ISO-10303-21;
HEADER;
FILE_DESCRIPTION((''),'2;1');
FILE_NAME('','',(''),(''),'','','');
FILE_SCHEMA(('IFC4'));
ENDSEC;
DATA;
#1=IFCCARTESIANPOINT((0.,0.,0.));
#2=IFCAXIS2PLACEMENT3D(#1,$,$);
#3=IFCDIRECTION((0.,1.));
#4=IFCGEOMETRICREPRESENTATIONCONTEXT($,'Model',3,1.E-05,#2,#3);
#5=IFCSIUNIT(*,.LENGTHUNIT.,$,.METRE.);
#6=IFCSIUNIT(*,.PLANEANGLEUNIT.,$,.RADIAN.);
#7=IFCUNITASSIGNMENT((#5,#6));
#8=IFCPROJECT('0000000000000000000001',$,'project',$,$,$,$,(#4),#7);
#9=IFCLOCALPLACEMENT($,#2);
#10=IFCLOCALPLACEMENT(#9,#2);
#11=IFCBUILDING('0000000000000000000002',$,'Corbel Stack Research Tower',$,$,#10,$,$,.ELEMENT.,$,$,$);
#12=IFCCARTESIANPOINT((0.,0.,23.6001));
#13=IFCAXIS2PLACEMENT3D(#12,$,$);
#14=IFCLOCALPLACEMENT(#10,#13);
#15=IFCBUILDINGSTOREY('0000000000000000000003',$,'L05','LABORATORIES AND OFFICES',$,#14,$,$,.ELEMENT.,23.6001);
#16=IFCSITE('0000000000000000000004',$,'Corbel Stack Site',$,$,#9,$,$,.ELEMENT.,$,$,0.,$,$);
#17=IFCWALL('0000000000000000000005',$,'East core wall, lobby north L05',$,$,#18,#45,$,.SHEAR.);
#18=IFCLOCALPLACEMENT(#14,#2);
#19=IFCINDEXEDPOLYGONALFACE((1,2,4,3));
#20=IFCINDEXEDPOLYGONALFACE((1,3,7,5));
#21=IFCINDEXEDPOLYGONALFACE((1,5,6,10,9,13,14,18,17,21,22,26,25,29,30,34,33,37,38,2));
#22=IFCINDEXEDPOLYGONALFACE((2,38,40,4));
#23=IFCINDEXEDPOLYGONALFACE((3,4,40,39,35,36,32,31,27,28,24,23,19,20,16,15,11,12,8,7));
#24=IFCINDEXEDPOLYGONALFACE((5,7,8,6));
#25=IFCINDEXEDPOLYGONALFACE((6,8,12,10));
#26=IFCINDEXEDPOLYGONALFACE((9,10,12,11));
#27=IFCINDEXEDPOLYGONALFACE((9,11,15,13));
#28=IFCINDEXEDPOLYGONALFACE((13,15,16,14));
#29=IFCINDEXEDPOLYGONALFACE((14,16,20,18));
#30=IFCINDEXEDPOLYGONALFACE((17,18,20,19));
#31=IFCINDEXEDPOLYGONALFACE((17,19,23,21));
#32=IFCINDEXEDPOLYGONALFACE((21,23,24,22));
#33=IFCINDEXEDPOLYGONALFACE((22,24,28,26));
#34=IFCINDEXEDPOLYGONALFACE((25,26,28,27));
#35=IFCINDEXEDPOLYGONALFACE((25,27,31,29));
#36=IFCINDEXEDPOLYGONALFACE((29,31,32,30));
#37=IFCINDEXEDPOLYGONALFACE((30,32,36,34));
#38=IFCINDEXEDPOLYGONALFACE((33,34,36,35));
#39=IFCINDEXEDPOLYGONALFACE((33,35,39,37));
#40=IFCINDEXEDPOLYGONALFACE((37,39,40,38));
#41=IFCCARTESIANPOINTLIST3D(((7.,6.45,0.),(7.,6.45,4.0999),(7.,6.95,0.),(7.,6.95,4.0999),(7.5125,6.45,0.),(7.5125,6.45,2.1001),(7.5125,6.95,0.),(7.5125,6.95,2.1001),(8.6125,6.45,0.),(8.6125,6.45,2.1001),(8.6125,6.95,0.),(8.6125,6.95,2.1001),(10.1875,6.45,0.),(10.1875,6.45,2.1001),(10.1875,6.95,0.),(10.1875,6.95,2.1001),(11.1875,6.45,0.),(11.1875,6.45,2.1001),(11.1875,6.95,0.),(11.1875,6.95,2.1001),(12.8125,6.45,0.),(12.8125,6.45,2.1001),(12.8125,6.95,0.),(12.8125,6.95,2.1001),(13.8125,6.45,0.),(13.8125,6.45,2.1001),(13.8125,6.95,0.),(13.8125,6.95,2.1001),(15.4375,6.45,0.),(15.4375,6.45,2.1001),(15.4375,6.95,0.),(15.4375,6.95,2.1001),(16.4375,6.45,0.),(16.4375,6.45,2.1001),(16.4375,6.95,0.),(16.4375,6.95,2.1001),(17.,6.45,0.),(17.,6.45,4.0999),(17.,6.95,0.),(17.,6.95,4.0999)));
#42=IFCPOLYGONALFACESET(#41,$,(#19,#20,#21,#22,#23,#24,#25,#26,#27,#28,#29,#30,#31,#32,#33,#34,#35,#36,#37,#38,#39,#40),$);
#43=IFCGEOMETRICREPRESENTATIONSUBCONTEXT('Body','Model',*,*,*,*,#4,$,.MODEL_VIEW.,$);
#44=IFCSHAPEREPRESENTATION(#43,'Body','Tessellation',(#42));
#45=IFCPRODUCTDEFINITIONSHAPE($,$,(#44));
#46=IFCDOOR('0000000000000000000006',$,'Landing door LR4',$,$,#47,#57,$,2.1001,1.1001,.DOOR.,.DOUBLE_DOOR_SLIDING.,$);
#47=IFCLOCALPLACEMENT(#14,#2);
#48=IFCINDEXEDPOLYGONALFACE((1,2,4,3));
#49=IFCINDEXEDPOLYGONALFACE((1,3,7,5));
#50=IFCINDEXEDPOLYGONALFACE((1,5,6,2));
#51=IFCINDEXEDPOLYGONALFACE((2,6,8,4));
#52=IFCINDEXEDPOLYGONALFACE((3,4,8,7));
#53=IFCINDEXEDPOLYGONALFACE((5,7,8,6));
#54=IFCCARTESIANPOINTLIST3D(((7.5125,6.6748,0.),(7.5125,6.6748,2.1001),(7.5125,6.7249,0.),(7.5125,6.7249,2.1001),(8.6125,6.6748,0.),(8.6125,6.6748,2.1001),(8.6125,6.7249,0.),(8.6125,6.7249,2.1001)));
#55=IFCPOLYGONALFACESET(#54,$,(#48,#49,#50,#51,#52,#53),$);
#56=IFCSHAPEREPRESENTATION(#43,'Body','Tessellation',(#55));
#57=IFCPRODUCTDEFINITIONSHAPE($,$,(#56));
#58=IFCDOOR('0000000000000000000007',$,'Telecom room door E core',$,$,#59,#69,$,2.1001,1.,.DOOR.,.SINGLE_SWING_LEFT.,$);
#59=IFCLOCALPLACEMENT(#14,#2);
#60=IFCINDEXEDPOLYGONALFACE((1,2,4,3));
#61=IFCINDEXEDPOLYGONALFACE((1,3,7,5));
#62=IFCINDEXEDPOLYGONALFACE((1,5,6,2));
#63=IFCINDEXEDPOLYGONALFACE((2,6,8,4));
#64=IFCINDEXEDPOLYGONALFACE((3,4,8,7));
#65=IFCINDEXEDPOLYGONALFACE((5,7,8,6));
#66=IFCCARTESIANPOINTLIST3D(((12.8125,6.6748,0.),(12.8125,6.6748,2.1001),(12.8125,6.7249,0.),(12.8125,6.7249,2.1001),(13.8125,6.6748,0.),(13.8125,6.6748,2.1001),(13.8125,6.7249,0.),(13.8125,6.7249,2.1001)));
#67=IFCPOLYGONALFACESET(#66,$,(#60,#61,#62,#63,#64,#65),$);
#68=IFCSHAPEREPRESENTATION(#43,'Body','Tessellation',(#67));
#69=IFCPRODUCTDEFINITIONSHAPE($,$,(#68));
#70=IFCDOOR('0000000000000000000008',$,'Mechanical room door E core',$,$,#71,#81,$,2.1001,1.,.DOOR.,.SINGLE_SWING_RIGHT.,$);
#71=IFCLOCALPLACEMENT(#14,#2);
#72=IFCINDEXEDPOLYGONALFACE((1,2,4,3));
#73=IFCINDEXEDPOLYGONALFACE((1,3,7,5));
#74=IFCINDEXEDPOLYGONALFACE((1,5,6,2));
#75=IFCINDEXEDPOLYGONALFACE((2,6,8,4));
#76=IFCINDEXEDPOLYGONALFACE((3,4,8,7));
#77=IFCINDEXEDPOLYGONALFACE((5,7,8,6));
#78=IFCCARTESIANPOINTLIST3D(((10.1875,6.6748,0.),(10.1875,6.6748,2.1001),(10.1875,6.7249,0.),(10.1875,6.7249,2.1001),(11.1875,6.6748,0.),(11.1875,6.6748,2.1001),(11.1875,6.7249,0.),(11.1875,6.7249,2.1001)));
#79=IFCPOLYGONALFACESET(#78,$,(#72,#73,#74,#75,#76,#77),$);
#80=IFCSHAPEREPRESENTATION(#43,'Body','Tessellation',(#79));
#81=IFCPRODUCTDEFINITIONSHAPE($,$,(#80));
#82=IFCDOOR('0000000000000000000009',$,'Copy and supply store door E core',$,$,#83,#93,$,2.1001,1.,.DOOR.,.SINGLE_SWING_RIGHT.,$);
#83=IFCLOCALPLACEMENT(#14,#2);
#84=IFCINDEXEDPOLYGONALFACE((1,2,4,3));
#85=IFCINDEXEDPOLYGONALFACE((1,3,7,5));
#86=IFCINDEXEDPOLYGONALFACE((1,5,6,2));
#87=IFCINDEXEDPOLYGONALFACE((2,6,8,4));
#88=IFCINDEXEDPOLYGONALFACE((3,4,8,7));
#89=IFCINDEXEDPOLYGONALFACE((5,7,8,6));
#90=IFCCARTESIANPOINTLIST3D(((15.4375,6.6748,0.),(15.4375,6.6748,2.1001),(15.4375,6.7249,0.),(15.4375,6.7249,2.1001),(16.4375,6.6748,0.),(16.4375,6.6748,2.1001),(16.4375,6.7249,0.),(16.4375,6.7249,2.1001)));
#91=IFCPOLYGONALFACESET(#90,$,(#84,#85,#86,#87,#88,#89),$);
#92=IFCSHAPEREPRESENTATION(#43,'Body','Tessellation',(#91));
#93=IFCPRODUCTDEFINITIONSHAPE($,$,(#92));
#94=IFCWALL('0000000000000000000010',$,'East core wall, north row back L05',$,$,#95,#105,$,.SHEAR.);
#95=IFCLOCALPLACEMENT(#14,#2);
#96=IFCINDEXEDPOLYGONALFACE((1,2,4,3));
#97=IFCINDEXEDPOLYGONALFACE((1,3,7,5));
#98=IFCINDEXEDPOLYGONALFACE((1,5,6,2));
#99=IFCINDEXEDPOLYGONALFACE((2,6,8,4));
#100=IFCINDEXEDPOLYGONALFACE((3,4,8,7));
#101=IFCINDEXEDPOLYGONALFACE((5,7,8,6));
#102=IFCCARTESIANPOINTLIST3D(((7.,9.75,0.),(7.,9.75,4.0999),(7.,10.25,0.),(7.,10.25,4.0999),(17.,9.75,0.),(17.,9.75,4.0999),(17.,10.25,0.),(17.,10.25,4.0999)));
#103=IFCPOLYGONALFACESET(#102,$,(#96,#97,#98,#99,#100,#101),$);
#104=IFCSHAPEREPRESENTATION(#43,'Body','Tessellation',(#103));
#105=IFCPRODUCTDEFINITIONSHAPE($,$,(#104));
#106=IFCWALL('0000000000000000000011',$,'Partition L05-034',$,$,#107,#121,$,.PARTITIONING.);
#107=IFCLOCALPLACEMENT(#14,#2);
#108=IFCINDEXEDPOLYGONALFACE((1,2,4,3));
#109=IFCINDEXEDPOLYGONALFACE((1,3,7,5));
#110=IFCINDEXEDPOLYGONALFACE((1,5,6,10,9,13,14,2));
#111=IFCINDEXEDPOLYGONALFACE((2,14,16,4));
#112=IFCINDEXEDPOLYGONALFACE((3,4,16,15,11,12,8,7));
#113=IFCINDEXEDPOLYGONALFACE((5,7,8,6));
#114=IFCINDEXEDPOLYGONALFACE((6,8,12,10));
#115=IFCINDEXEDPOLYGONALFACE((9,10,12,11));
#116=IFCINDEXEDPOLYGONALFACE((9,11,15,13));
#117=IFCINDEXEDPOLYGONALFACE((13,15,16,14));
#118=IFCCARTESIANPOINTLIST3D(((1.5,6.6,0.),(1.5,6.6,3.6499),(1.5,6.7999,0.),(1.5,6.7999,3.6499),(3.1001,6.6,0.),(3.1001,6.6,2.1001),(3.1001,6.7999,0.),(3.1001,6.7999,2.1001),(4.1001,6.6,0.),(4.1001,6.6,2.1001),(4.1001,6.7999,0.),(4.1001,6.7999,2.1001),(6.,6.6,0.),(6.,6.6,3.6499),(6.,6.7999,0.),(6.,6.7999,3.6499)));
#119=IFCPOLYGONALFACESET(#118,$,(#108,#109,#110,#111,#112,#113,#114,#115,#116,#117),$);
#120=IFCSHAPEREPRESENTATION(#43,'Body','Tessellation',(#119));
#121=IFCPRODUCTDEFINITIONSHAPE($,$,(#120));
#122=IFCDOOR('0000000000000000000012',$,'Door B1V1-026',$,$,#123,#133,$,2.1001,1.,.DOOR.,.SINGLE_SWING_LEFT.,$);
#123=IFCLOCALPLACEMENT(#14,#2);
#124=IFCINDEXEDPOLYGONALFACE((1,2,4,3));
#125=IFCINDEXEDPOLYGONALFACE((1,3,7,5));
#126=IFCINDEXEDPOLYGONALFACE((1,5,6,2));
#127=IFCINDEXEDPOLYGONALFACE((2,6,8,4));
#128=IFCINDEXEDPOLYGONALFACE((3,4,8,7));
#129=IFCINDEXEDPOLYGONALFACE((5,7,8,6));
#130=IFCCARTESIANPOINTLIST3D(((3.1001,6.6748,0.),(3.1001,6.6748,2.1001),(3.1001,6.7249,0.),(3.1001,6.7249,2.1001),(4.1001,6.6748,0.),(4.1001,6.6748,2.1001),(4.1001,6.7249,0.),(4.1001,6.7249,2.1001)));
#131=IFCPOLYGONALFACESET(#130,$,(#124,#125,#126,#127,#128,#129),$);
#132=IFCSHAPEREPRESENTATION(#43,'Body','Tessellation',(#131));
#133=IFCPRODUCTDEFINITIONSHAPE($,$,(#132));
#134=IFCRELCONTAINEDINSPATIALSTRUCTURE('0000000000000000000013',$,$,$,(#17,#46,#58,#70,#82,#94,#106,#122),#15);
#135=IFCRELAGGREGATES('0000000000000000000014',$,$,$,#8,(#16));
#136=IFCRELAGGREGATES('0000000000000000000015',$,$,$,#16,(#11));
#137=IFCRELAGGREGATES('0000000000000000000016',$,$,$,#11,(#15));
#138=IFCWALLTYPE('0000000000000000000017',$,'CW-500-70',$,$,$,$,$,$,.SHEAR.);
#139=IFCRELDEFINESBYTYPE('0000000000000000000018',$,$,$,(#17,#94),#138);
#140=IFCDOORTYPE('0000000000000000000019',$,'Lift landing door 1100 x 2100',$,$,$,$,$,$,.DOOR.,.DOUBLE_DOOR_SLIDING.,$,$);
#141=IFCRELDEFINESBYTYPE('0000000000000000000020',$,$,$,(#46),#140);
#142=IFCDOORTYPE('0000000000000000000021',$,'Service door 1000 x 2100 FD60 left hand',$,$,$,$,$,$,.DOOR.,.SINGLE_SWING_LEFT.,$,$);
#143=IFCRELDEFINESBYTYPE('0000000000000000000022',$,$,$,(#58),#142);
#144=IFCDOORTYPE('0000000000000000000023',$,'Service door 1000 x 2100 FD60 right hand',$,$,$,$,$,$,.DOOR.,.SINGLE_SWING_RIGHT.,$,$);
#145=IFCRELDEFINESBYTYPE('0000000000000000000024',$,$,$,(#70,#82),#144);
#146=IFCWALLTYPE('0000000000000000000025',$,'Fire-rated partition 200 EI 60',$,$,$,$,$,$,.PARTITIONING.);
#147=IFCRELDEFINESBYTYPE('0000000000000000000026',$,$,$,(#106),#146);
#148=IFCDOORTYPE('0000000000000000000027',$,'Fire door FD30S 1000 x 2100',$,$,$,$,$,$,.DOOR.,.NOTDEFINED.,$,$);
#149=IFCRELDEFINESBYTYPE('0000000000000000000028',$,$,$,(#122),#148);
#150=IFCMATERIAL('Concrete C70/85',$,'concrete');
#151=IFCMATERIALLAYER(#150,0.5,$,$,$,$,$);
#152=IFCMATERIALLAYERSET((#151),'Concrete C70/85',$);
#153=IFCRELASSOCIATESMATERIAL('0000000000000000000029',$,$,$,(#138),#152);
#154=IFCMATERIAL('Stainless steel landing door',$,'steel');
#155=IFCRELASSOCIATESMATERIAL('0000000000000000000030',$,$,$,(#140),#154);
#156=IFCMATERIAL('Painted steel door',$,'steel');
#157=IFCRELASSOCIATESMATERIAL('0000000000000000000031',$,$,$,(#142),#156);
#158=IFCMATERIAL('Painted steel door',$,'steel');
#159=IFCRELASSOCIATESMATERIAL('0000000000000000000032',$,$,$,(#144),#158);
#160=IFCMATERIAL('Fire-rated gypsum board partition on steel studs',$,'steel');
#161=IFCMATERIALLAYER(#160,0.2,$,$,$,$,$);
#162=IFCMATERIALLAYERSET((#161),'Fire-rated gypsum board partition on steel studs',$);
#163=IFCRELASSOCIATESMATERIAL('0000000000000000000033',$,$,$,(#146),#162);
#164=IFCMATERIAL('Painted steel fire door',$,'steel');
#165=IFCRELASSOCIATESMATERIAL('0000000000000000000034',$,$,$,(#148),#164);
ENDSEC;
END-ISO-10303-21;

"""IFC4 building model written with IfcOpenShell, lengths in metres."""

from ifc_helpers import new_model, si_unit, direction, frame, frame_2d, origin, place, context, subcontext, project, spatial, rectangle, extrude, material, layer, layer_set, type_object, element, fill, save


model = new_model("IFC4")

# Units and contexts
model_context = context("Model", 3, precision=1e-05, world=origin(), true_north=direction((0.0, 1.0)))
body_context = subcontext(model_context, "Body", "Model", "MODEL_VIEW")
ifc_project = project(units=[si_unit("LENGTHUNIT", "METRE"), si_unit("PLANEANGLEUNIT", "RADIAN")], contexts=[model_context])

# Site, building, storey
site_placement = place(None, origin())
site = spatial("IfcSite", under=ifc_project, at=site_placement, Name="Corbel Stack Site", CompositionType="ELEMENT", RefElevation=0.0)
building_placement = place(site_placement, origin())
building = spatial("IfcBuilding", under=site, at=building_placement, Name="Corbel Stack Research Tower", CompositionType="ELEMENT")
storey_placement = place(building_placement, frame((0.0, 0.0, 23.6001)))
storey = spatial("IfcBuildingStorey", under=building, at=storey_placement, Name="L05", Description="LABORATORIES AND OFFICES", CompositionType="ELEMENT", Elevation=23.6001)

# Wall, openings, doors
ifc_material_1 = material(Name="Concrete C70/85", Category="concrete")
ifc_layer_1 = layer(ifc_material_1, 0.5)
ifc_layer_set_1 = layer_set([ifc_layer_1], Name="Concrete C70/85")
wall_type_1 = type_object("IfcWallType", Name="CW-500-70", PredefinedType="SHEAR", material=ifc_layer_set_1)
ifc_material_2 = material(Name="Stainless steel landing door", Category="steel")
door_type_1 = type_object("IfcDoorType", Name="Lift landing door 1100 x 2100", OperationType="DOUBLE_DOOR_SLIDING", PredefinedType="DOOR", material=ifc_material_2)
wall_1_placement = place(storey_placement, frame((7.0, 6.7, 0.0), z_axis=(0.0, 0.0, 1.0), x_axis=(1.0, 0.0, 0.0)))
wall_1 = element("IfcWall", 1, at=wall_1_placement, inside=storey, type_object=wall_type_1, Name="East core wall, lobby north L05", PredefinedType="SHEAR", context=body_context, shape_type="SweptSolid", body=[
    extrude(rectangle(XDim=10.0, YDim=0.5, at=frame_2d((5.0, 0.0))), origin(), (0.0, 0.0, 1.0), 4.0999),
])
opening_1_placement = place(wall_1_placement, frame((0.5125, 0.0, 0.0)))
opening_1 = element("IfcOpeningElement", 2, at=opening_1_placement, cuts=wall_1, PredefinedType="OPENING", context=body_context, shape_type="SweptSolid", body=[
    extrude(rectangle(XDim=1.1001, YDim=2.1001, at=frame_2d((0.55, 1.05))), frame((0.0, 0.26, 0.0), z_axis=(0.0, -1.0, 0.0), x_axis=(1.0, 0.0, 0.0)), (0.0, 0.0, 1.0), 0.52),
])
opening_2_placement = place(wall_1_placement, frame((3.1875, 0.0, 0.0)))
opening_2 = element("IfcOpeningElement", 3, at=opening_2_placement, cuts=wall_1, PredefinedType="OPENING", context=body_context, shape_type="SweptSolid", body=[
    extrude(rectangle(XDim=1.0, YDim=2.1001, at=frame_2d((0.5, 1.05))), frame((0.0, 0.26, 0.0), z_axis=(0.0, -1.0, 0.0), x_axis=(1.0, 0.0, 0.0)), (0.0, 0.0, 1.0), 0.52),
])
opening_3_placement = place(wall_1_placement, frame((5.8125, 0.0, 0.0)))
opening_3 = element("IfcOpeningElement", 4, at=opening_3_placement, cuts=wall_1, PredefinedType="OPENING", context=body_context, shape_type="SweptSolid", body=[
    extrude(rectangle(XDim=1.0, YDim=2.1001, at=frame_2d((0.5, 1.05))), frame((0.0, 0.26, 0.0), z_axis=(0.0, -1.0, 0.0), x_axis=(1.0, 0.0, 0.0)), (0.0, 0.0, 1.0), 0.52),
])
opening_4_placement = place(wall_1_placement, frame((8.4375, 0.0, 0.0)))
opening_4 = element("IfcOpeningElement", 5, at=opening_4_placement, cuts=wall_1, PredefinedType="OPENING", context=body_context, shape_type="SweptSolid", body=[
    extrude(rectangle(XDim=1.0, YDim=2.1001, at=frame_2d((0.5, 1.05))), frame((0.0, 0.26, 0.0), z_axis=(0.0, -1.0, 0.0), x_axis=(1.0, 0.0, 0.0)), (0.0, 0.0, 1.0), 0.52),
])
door_1_placement = place(opening_1_placement, origin())
door_1 = element("IfcDoor", 6, at=door_1_placement, inside=storey, type_object=door_type_1, Name="Landing door LR4", OperationType="DOUBLE_DOOR_SLIDING", OverallHeight=2.1001, OverallWidth=1.1001, PredefinedType="DOOR", context=body_context, shape_type="SweptSolid", body=[
    extrude(rectangle(XDim=1.1001, YDim=2.1001, at=frame_2d((0.55, 1.05))), frame((0.0, 0.0249, 0.0), z_axis=(0.0, -1.0, 0.0), x_axis=(1.0, 0.0, 0.0)), (0.0, 0.0, 1.0), 0.05),
])
fill(opening_1, door_1)
ifc_material_3 = material(Name="Painted steel door", Category="steel")
door_type_2 = type_object("IfcDoorType", Name="Service door 1000 x 2100 FD60 left hand", OperationType="SINGLE_SWING_LEFT", PredefinedType="DOOR", material=ifc_material_3)
door_2_placement = place(opening_3_placement, origin())
door_2 = element("IfcDoor", 7, at=door_2_placement, inside=storey, type_object=door_type_2, Name="Telecom room door E core", OperationType="SINGLE_SWING_LEFT", OverallHeight=2.1001, OverallWidth=1.0, PredefinedType="DOOR", context=body_context, shape_type="SweptSolid", body=[
    extrude(rectangle(XDim=1.0, YDim=2.1001, at=frame_2d((0.5, 1.05))), frame((0.0, 0.0249, 0.0), z_axis=(0.0, -1.0, 0.0), x_axis=(1.0, 0.0, 0.0)), (0.0, 0.0, 1.0), 0.05),
])
fill(opening_3, door_2)
ifc_material_4 = material(Name="Painted steel door", Category="steel")
door_type_3 = type_object("IfcDoorType", Name="Service door 1000 x 2100 FD60 right hand", OperationType="SINGLE_SWING_RIGHT", PredefinedType="DOOR", material=ifc_material_4)
door_3_placement = place(opening_2_placement, origin())
door_3 = element("IfcDoor", 8, at=door_3_placement, inside=storey, type_object=door_type_3, Name="Mechanical room door E core", OperationType="SINGLE_SWING_RIGHT", OverallHeight=2.1001, OverallWidth=1.0, PredefinedType="DOOR", context=body_context, shape_type="SweptSolid", body=[
    extrude(rectangle(XDim=1.0, YDim=2.1001, at=frame_2d((0.5, 1.05))), frame((0.0, 0.0249, 0.0), z_axis=(0.0, -1.0, 0.0), x_axis=(1.0, 0.0, 0.0)), (0.0, 0.0, 1.0), 0.05),
])
fill(opening_2, door_3)
door_4_placement = place(opening_4_placement, origin())
door_4 = element("IfcDoor", 9, at=door_4_placement, inside=storey, type_object=door_type_3, Name="Copy and supply store door E core", OperationType="SINGLE_SWING_RIGHT", OverallHeight=2.1001, OverallWidth=1.0, PredefinedType="DOOR", context=body_context, shape_type="SweptSolid", body=[
    extrude(rectangle(XDim=1.0, YDim=2.1001, at=frame_2d((0.5, 1.05))), frame((0.0, 0.0249, 0.0), z_axis=(0.0, -1.0, 0.0), x_axis=(1.0, 0.0, 0.0)), (0.0, 0.0, 1.0), 0.05),
])
fill(opening_4, door_4)

# Wall
wall_2_placement = place(storey_placement, frame((7.0, 10.0, 0.0), z_axis=(0.0, 0.0, 1.0), x_axis=(1.0, 0.0, 0.0)))
element("IfcWall", 10, at=wall_2_placement, inside=storey, type_object=wall_type_1, Name="East core wall, north row back L05", PredefinedType="SHEAR", context=body_context, shape_type="SweptSolid", body=[
    extrude(rectangle(XDim=10.0, YDim=0.5, at=frame_2d((5.0, 0.0))), origin(), (0.0, 0.0, 1.0), 4.0999),
])

# Wall, opening, door
ifc_material_5 = material(Name="Fire-rated gypsum board partition on steel studs", Category="steel")
ifc_layer_2 = layer(ifc_material_5, 0.2)
ifc_layer_set_2 = layer_set([ifc_layer_2], Name="Fire-rated gypsum board partition on steel studs")
wall_type_2 = type_object("IfcWallType", Name="Fire-rated partition 200 EI 60", PredefinedType="PARTITIONING", material=ifc_layer_set_2)
wall_3_placement = place(storey_placement, frame((1.5, 6.7, 0.0), z_axis=(0.0, 0.0, 1.0), x_axis=(1.0, 0.0, 0.0)))
wall_3 = element("IfcWall", 11, at=wall_3_placement, inside=storey, type_object=wall_type_2, Name="Partition L05-034", PredefinedType="PARTITIONING", context=body_context, shape_type="SweptSolid", body=[
    extrude(rectangle(XDim=4.5, YDim=0.2, at=frame_2d((2.25, 0.0))), origin(), (0.0, 0.0, 1.0), 3.6499),
])
opening_5_placement = place(wall_3_placement, frame((1.6001, 0.0, 0.0)))
opening_5 = element("IfcOpeningElement", 12, at=opening_5_placement, cuts=wall_3, PredefinedType="OPENING", context=body_context, shape_type="SweptSolid", body=[
    extrude(rectangle(XDim=1.0, YDim=2.1001, at=frame_2d((0.5, 1.05))), frame((0.0, 0.1099, 0.0), z_axis=(0.0, -1.0, 0.0), x_axis=(1.0, 0.0, 0.0)), (0.0, 0.0, 1.0), 0.22),
])
ifc_material_6 = material(Name="Painted steel fire door", Category="steel")
door_type_4 = type_object("IfcDoorType", Name="Fire door FD30S 1000 x 2100", OperationType="NOTDEFINED", PredefinedType="DOOR", material=ifc_material_6)
door_5_placement = place(opening_5_placement, origin())
door_5 = element("IfcDoor", 13, at=door_5_placement, inside=storey, type_object=door_type_4, Name="Door B1V1-026", OperationType="SINGLE_SWING_LEFT", OverallHeight=2.1001, OverallWidth=1.0, PredefinedType="DOOR", context=body_context, shape_type="SweptSolid", body=[
    extrude(rectangle(XDim=1.0, YDim=2.1001, at=frame_2d((0.5, 1.05))), frame((0.0, 0.0249, 0.0), z_axis=(0.0, -1.0, 0.0), x_axis=(1.0, 0.0, 0.0)), (0.0, 0.0, 1.0), 0.05),
])
fill(opening_5, door_5)

save(model, "model.ifc")
